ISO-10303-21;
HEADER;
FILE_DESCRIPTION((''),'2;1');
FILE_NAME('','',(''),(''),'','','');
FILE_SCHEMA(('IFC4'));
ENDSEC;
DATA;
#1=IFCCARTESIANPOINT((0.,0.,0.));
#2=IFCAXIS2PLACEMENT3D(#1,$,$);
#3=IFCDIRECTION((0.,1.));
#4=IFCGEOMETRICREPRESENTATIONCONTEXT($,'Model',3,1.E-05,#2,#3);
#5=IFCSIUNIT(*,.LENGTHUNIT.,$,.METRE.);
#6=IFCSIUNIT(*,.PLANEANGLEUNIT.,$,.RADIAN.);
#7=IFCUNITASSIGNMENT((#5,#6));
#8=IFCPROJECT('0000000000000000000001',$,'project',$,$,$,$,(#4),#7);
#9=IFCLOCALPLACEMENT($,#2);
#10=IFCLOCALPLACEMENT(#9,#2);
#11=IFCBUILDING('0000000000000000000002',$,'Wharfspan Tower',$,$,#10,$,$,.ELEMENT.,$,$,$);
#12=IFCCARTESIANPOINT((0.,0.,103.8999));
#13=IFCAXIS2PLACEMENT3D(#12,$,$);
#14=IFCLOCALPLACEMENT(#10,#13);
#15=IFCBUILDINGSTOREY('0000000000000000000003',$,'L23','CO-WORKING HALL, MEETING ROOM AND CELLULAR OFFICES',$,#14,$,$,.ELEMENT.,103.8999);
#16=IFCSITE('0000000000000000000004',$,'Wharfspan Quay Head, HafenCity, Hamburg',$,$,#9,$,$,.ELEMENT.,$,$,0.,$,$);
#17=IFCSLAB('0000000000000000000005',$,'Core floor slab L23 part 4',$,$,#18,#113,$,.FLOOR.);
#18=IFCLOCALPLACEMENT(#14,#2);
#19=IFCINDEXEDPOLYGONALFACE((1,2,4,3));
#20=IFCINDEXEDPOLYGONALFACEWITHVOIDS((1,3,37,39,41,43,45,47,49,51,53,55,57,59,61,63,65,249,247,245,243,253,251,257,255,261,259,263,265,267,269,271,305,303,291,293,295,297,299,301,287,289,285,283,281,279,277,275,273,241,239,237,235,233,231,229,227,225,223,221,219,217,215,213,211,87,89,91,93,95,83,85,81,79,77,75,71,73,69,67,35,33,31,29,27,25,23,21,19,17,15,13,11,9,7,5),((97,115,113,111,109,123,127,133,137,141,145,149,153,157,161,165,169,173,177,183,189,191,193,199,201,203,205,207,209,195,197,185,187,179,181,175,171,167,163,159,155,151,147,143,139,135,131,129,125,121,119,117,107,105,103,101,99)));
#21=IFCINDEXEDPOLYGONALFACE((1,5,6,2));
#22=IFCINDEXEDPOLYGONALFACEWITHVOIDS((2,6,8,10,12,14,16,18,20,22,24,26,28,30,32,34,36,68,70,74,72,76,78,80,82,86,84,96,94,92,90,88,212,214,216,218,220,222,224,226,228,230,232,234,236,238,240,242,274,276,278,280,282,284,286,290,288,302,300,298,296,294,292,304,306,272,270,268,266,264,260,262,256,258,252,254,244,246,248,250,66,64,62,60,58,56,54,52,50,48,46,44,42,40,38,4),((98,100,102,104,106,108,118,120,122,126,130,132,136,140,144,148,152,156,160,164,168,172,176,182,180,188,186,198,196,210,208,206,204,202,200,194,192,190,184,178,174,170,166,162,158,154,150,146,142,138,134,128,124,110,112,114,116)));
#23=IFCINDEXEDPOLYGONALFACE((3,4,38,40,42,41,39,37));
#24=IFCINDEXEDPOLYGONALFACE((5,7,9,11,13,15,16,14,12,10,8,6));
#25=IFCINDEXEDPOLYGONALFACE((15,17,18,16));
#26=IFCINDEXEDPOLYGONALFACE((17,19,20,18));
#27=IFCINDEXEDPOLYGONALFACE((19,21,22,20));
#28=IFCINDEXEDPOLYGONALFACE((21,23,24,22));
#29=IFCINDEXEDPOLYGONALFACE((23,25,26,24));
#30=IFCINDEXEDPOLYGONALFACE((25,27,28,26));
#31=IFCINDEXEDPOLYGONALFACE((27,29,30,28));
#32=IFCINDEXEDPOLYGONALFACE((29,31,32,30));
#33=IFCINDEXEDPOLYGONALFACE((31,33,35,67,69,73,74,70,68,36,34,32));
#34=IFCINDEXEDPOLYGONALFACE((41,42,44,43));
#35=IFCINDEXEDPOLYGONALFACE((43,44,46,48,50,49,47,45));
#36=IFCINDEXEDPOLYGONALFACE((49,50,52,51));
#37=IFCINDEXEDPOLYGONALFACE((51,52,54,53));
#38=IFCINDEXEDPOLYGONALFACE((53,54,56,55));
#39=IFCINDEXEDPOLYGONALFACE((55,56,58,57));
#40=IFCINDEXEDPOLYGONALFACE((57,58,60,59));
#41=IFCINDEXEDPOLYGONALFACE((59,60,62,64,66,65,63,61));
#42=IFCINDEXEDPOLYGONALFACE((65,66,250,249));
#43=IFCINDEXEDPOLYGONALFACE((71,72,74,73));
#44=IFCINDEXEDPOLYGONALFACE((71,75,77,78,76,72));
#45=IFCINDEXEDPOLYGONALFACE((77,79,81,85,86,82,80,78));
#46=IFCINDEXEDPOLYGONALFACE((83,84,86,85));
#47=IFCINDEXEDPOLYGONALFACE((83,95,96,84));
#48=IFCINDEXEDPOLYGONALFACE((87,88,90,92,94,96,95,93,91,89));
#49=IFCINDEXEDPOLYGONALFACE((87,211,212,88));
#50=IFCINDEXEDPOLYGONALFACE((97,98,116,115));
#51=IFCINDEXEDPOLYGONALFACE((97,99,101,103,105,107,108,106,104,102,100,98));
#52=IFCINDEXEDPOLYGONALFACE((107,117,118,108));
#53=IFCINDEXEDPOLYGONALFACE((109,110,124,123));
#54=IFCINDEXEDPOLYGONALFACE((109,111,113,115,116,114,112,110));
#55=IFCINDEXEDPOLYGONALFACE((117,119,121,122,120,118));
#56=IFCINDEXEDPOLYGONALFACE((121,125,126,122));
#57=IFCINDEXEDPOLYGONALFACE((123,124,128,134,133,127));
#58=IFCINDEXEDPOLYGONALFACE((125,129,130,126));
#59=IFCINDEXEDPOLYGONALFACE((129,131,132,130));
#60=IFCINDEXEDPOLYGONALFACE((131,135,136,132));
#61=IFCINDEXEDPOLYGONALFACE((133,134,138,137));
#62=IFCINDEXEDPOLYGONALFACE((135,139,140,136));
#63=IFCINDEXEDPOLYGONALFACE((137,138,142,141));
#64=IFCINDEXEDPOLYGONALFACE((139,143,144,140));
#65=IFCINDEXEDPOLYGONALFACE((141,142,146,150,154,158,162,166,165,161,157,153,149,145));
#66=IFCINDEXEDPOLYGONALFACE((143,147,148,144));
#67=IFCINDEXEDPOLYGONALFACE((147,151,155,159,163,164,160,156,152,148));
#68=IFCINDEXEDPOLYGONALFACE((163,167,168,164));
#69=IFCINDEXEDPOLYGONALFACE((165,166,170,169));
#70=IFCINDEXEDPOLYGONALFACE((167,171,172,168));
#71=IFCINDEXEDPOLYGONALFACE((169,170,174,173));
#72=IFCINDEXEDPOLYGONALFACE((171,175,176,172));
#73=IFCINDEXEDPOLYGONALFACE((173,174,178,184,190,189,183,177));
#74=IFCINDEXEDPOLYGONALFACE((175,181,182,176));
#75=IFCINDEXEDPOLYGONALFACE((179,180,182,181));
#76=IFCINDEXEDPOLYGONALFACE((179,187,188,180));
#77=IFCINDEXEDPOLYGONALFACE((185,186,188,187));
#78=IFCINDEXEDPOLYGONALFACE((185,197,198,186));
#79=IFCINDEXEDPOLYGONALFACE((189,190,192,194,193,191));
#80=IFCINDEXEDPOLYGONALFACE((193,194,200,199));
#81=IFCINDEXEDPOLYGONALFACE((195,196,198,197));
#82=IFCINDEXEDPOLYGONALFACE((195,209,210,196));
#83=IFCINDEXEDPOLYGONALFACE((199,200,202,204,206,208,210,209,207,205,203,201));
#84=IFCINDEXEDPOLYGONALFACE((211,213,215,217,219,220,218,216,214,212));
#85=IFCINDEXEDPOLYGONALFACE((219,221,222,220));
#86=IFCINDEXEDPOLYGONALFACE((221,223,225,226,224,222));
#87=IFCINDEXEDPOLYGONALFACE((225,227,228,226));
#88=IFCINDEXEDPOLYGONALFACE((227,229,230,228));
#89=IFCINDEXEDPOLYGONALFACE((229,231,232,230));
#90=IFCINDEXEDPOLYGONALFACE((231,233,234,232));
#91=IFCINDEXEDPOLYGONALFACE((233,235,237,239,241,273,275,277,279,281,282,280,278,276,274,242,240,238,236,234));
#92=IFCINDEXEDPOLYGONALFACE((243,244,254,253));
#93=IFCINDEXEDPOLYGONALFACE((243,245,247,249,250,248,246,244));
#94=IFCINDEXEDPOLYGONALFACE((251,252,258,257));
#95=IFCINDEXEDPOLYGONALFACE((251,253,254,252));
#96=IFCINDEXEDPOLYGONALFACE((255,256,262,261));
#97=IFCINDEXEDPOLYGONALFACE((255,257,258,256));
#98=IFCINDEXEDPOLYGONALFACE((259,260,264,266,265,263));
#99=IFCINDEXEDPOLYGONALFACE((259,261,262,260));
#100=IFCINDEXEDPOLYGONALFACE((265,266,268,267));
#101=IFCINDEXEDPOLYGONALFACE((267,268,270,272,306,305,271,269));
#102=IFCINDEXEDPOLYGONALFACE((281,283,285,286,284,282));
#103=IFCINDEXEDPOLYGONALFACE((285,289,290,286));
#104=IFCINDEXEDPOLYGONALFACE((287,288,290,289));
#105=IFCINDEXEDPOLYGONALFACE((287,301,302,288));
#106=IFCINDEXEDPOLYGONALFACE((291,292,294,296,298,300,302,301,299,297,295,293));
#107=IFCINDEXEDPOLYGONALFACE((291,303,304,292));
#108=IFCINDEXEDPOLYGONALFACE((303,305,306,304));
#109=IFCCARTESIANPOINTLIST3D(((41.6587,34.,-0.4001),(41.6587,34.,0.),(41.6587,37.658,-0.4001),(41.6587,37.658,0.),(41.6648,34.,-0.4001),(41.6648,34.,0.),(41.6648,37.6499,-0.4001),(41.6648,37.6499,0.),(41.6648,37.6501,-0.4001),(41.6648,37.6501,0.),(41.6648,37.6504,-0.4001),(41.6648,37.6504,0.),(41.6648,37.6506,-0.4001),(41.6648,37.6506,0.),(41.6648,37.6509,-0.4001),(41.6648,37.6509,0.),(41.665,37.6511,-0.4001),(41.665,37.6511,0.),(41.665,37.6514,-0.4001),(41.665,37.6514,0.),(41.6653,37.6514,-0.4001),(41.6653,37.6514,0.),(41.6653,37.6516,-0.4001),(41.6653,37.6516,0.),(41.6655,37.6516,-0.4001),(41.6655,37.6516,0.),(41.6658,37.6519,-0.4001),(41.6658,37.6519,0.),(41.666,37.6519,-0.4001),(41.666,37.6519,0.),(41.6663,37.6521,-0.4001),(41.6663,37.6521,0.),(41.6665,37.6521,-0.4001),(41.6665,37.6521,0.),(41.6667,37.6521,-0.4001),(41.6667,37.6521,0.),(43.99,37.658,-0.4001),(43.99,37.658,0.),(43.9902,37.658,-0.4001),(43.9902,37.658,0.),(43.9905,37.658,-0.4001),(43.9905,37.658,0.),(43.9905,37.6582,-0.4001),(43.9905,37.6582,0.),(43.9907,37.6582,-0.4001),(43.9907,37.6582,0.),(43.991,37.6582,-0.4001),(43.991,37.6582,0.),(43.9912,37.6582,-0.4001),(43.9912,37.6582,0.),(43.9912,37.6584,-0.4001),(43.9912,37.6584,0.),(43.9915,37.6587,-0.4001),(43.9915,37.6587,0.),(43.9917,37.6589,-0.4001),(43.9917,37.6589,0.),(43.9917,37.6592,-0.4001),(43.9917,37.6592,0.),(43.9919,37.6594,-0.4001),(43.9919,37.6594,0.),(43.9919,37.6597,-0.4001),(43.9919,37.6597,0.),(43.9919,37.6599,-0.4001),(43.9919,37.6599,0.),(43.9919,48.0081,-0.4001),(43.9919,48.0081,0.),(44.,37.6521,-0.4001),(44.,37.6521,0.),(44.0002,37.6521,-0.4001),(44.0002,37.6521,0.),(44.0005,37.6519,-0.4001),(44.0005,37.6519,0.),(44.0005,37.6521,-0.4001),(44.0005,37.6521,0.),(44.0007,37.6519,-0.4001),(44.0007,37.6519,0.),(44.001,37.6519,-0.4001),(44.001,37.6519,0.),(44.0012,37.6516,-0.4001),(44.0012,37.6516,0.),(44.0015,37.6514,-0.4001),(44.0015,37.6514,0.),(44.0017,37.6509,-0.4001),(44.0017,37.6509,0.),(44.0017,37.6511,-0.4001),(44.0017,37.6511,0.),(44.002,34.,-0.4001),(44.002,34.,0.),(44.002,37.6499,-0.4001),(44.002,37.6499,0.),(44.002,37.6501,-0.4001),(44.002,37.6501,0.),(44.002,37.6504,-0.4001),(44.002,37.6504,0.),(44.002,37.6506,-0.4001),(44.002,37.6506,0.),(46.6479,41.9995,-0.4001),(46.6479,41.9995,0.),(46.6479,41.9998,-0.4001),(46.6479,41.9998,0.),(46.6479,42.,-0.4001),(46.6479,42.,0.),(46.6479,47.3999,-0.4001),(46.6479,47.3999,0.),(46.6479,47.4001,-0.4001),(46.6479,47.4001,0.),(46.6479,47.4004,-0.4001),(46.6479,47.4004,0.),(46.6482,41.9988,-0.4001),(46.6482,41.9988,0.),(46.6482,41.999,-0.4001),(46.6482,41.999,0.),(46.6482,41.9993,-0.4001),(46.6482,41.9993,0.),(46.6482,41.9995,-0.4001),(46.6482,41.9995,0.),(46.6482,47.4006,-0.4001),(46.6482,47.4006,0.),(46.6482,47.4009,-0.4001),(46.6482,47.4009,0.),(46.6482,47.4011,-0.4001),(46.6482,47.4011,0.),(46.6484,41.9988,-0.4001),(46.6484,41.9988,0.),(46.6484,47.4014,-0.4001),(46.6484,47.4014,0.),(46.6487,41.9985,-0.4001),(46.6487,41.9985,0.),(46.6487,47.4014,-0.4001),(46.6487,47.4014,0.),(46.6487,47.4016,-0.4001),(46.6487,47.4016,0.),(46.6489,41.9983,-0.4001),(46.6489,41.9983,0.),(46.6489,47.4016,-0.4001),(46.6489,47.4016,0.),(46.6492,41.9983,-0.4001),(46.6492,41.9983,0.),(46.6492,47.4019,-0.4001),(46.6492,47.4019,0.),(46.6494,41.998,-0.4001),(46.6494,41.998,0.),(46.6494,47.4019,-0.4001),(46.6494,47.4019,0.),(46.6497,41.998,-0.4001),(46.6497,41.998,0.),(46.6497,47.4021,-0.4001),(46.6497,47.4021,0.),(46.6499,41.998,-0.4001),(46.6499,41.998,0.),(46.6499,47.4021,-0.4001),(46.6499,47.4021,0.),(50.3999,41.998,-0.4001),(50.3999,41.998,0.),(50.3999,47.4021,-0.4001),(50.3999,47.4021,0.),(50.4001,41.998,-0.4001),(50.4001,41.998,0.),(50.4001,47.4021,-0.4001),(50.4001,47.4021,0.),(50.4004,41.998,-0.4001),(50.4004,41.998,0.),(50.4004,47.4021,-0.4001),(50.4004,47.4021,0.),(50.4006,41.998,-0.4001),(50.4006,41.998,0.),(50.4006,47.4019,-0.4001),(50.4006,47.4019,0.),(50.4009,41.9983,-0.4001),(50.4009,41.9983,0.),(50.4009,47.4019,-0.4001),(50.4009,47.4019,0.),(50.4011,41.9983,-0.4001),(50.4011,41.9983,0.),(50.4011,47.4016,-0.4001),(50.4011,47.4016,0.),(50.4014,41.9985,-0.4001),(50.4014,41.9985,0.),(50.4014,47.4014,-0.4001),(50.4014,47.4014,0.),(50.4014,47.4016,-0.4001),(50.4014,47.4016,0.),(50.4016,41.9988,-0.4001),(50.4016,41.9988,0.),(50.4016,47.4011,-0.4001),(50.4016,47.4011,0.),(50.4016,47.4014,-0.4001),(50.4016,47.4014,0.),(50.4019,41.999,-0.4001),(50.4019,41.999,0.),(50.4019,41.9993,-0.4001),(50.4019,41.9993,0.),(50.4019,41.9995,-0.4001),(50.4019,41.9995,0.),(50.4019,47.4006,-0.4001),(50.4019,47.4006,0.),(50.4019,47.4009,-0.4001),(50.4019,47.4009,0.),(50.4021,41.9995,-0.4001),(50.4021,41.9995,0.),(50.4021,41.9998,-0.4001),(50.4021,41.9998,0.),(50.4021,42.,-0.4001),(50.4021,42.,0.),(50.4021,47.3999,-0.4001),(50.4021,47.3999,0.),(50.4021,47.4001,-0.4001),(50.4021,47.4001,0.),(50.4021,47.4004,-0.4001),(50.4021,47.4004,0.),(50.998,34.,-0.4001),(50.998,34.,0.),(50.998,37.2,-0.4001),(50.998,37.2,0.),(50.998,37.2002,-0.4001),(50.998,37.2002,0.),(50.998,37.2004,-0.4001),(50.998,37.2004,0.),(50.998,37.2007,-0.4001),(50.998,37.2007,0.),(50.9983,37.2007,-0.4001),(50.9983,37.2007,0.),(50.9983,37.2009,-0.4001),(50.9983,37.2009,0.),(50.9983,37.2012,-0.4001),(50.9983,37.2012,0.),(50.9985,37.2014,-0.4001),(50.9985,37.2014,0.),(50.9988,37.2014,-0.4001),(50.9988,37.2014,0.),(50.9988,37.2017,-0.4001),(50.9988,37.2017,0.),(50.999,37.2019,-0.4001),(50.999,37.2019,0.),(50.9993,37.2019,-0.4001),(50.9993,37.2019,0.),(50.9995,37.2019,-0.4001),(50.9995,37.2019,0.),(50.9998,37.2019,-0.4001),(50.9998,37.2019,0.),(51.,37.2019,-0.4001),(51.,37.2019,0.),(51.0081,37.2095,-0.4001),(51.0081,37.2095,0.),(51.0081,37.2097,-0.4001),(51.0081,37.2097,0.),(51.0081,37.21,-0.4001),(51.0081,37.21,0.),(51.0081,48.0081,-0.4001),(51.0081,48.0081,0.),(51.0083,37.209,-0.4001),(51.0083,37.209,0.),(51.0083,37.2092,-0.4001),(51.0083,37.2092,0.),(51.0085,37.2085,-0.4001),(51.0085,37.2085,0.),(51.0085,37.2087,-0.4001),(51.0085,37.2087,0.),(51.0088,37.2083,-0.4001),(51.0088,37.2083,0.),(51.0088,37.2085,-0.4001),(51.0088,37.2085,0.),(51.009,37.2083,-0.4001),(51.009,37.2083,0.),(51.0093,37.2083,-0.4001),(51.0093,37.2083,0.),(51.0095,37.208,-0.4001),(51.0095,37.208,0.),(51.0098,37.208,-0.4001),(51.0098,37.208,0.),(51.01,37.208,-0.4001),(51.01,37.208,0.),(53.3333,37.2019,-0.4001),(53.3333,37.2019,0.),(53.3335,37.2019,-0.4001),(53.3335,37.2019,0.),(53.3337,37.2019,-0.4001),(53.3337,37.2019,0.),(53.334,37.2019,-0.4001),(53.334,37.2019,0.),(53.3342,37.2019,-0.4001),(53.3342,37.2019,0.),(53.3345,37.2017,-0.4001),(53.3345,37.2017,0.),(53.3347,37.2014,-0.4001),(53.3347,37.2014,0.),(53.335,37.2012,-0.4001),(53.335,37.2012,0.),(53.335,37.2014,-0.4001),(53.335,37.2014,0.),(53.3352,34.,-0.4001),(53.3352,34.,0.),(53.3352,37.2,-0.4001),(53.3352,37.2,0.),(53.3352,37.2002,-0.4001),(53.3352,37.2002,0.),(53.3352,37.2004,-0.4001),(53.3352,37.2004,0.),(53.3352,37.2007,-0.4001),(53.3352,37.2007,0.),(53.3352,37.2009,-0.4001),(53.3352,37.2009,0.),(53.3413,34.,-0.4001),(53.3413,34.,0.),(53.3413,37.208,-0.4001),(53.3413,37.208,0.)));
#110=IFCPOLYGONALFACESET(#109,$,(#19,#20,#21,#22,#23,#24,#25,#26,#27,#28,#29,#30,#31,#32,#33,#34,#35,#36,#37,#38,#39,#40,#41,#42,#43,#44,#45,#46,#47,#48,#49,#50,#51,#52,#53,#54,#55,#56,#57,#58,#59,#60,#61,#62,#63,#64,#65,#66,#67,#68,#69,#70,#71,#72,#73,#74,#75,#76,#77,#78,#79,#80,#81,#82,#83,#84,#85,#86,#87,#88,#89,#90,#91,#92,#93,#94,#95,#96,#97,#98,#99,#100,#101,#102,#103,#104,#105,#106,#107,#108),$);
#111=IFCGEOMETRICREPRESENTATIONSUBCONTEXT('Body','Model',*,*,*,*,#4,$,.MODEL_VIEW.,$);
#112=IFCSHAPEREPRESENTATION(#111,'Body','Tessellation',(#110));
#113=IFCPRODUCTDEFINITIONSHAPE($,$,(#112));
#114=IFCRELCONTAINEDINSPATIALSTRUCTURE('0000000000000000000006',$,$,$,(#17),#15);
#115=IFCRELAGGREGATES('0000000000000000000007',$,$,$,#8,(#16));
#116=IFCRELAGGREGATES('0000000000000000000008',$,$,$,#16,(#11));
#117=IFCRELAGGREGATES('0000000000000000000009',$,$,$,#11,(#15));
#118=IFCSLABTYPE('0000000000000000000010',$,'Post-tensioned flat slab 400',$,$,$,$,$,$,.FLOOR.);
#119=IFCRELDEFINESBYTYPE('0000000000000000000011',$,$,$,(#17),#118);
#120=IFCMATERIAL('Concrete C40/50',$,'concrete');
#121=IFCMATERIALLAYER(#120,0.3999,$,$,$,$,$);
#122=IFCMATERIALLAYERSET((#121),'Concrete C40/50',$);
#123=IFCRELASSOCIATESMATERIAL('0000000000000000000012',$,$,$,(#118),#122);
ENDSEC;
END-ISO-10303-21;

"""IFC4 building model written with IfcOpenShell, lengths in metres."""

from ifc_helpers import new_model, si_unit, direction, frame, origin, place, context, subcontext, project, spatial, polyline, outline, extrude, material, layer, layer_set, type_object, element, save


model = new_model("IFC4")

# Units and contexts
model_context = context("Model", 3, precision=1e-05, world=origin(), true_north=direction((0.0, 1.0)))
body_context = subcontext(model_context, "Body", "Model", "MODEL_VIEW")
ifc_project = project(units=[si_unit("LENGTHUNIT", "METRE"), si_unit("PLANEANGLEUNIT", "RADIAN")], contexts=[model_context])

# Site, building, storey
site_placement = place(None, origin())
site = spatial("IfcSite", under=ifc_project, at=site_placement, Name="Wharfspan Quay Head, HafenCity, Hamburg", CompositionType="ELEMENT", RefElevation=0.0)
building_placement = place(site_placement, origin())
building = spatial("IfcBuilding", under=site, at=building_placement, Name="Wharfspan Tower", CompositionType="ELEMENT")
storey_placement = place(building_placement, frame((0.0, 0.0, 103.8999)))
storey = spatial("IfcBuildingStorey", under=building, at=storey_placement, Name="L23", Description="CO-WORKING HALL, MEETING ROOM AND CELLULAR OFFICES", CompositionType="ELEMENT", Elevation=103.8999)

# Slab
ifc_material_1 = material(Name="Concrete C40/50", Category="concrete")
ifc_layer_1 = layer(ifc_material_1, 0.3999)
ifc_layer_set_1 = layer_set([ifc_layer_1], Name="Concrete C40/50")
slab_type_1 = type_object("IfcSlabType", Name="Post-tensioned flat slab 400", PredefinedType="FLOOR", material=ifc_layer_set_1)
slab_1_placement = place(storey_placement, frame((0.0, 0.0, -0.4001)))
element("IfcSlab", 1, at=slab_1_placement, inside=storey, type_object=slab_type_1, Name="Core floor slab L23 part 4", PredefinedType="FLOOR", context=body_context, shape_type="SweptSolid", body=[
    extrude(outline(polyline([(53.3413, 34.0), (53.3413, 37.208), (51.01, 37.208), (51.0098, 37.208), (51.0095, 37.208), (51.0095, 37.208), (51.0093, 37.2083), (51.009, 37.2083), (51.0088, 37.2083), (51.0088, 37.2085), (51.0085, 37.2085), (51.0085, 37.2087), (51.0083, 37.209), (51.0083, 37.209), (51.0083, 37.2092), (51.0081, 37.2095), (51.0081, 37.2097), (51.0081, 37.2097), (51.0081, 37.21), (51.0081, 48.0081), (43.9919, 48.0081), (43.9919, 37.6599), (43.9919, 37.6599), (43.9919, 37.6597), (43.9919, 37.6594), (43.9917, 37.6592), (43.9917, 37.6592), (43.9917, 37.6589), (43.9915, 37.6587), (43.9915, 37.6587), (43.9912, 37.6584), (43.9912, 37.6582), (43.991, 37.6582), (43.9907, 37.6582), (43.9905, 37.6582), (43.9905, 37.658), (43.9902, 37.658), (43.99, 37.658), (41.6587, 37.658), (41.6587, 34.0), (41.6648, 34.0), (41.6648, 37.6499), (41.6648, 37.6501), (41.6648, 37.6504), (41.6648, 37.6506), (41.6648, 37.6509), (41.6648, 37.6509), (41.665, 37.6511), (41.665, 37.6514), (41.6653, 37.6514), (41.6653, 37.6516), (41.6655, 37.6516), (41.6658, 37.6519), (41.666, 37.6519), (41.666, 37.6519), (41.6663, 37.6521), (41.6665, 37.6521), (41.6667, 37.6521), (44.0, 37.6521), (44.0002, 37.6521), (44.0005, 37.6521), (44.0005, 37.6519), (44.0007, 37.6519), (44.001, 37.6519), (44.0012, 37.6516), (44.0012, 37.6516), (44.0015, 37.6514), (44.0015, 37.6514), (44.0017, 37.6511), (44.0017, 37.6509), (44.0017, 37.6509), (44.002, 37.6506), (44.002, 37.6504), (44.002, 37.6501), (44.002, 37.6499), (44.002, 34.0), (50.998, 34.0), (50.998, 37.2), (50.998, 37.2002), (50.998, 37.2004), (50.998, 37.2007), (50.9983, 37.2007), (50.9983, 37.2009), (50.9983, 37.2012), (50.9985, 37.2014), (50.9985, 37.2014), (50.9988, 37.2014), (50.9988, 37.2017), (50.999, 37.2019), (50.9993, 37.2019), (50.9995, 37.2019), (50.9995, 37.2019), (50.9998, 37.2019), (51.0, 37.2019), (53.3333, 37.2019), (53.3335, 37.2019), (53.3337, 37.2019), (53.334, 37.2019), (53.334, 37.2019), (53.3342, 37.2019), (53.3345, 37.2017), (53.3347, 37.2014), (53.3347, 37.2014), (53.335, 37.2014), (53.335, 37.2012), (53.3352, 37.2009), (53.3352, 37.2007), (53.3352, 37.2007), (53.3352, 37.2004), (53.3352, 37.2002), (53.3352, 37.2), (53.3352, 34.0), (53.3413, 34.0)]), holes=[polyline([(50.4021, 42.0), (50.4021, 41.9998), (50.4021, 41.9995), (50.4019, 41.9995), (50.4019, 41.9993), (50.4019, 41.999), (50.4016, 41.9988), (50.4016, 41.9988), (50.4014, 41.9985), (50.4014, 41.9985), (50.4011, 41.9983), (50.4009, 41.9983), (50.4009, 41.9983), (50.4006, 41.998), (50.4004, 41.998), (50.4001, 41.998), (50.3999, 41.998), (46.6499, 41.998), (46.6499, 41.998), (46.6497, 41.998), (46.6494, 41.998), (46.6492, 41.9983), (46.6492, 41.9983), (46.6489, 41.9983), (46.6487, 41.9985), (46.6487, 41.9985), (46.6484, 41.9988), (46.6482, 41.9988), (46.6482, 41.999), (46.6482, 41.9993), (46.6482, 41.9995), (46.6479, 41.9995), (46.6479, 41.9998), (46.6479, 42.0), (46.6479, 47.3999), (46.6479, 47.4001), (46.6479, 47.4004), (46.6482, 47.4006), (46.6482, 47.4009), (46.6482, 47.4009), (46.6482, 47.4011), (46.6484, 47.4014), (46.6487, 47.4014), (46.6487, 47.4016), (46.6489, 47.4016), (46.6492, 47.4019), (46.6492, 47.4019), (46.6494, 47.4019), (46.6497, 47.4021), (46.6499, 47.4021), (46.6499, 47.4021), (50.3999, 47.4021), (50.4001, 47.4021), (50.4004, 47.4021), (50.4006, 47.4019), (50.4009, 47.4019), (50.4009, 47.4019), (50.4011, 47.4016), (50.4014, 47.4016), (50.4014, 47.4014), (50.4016, 47.4014), (50.4016, 47.4011), (50.4019, 47.4009), (50.4019, 47.4009), (50.4019, 47.4006), (50.4021, 47.4004), (50.4021, 47.4001), (50.4021, 47.3999), (50.4021, 42.0)])]), origin(), (0.0, 0.0, 1.0), 0.4001),
])

save(model, "model.ifc")
